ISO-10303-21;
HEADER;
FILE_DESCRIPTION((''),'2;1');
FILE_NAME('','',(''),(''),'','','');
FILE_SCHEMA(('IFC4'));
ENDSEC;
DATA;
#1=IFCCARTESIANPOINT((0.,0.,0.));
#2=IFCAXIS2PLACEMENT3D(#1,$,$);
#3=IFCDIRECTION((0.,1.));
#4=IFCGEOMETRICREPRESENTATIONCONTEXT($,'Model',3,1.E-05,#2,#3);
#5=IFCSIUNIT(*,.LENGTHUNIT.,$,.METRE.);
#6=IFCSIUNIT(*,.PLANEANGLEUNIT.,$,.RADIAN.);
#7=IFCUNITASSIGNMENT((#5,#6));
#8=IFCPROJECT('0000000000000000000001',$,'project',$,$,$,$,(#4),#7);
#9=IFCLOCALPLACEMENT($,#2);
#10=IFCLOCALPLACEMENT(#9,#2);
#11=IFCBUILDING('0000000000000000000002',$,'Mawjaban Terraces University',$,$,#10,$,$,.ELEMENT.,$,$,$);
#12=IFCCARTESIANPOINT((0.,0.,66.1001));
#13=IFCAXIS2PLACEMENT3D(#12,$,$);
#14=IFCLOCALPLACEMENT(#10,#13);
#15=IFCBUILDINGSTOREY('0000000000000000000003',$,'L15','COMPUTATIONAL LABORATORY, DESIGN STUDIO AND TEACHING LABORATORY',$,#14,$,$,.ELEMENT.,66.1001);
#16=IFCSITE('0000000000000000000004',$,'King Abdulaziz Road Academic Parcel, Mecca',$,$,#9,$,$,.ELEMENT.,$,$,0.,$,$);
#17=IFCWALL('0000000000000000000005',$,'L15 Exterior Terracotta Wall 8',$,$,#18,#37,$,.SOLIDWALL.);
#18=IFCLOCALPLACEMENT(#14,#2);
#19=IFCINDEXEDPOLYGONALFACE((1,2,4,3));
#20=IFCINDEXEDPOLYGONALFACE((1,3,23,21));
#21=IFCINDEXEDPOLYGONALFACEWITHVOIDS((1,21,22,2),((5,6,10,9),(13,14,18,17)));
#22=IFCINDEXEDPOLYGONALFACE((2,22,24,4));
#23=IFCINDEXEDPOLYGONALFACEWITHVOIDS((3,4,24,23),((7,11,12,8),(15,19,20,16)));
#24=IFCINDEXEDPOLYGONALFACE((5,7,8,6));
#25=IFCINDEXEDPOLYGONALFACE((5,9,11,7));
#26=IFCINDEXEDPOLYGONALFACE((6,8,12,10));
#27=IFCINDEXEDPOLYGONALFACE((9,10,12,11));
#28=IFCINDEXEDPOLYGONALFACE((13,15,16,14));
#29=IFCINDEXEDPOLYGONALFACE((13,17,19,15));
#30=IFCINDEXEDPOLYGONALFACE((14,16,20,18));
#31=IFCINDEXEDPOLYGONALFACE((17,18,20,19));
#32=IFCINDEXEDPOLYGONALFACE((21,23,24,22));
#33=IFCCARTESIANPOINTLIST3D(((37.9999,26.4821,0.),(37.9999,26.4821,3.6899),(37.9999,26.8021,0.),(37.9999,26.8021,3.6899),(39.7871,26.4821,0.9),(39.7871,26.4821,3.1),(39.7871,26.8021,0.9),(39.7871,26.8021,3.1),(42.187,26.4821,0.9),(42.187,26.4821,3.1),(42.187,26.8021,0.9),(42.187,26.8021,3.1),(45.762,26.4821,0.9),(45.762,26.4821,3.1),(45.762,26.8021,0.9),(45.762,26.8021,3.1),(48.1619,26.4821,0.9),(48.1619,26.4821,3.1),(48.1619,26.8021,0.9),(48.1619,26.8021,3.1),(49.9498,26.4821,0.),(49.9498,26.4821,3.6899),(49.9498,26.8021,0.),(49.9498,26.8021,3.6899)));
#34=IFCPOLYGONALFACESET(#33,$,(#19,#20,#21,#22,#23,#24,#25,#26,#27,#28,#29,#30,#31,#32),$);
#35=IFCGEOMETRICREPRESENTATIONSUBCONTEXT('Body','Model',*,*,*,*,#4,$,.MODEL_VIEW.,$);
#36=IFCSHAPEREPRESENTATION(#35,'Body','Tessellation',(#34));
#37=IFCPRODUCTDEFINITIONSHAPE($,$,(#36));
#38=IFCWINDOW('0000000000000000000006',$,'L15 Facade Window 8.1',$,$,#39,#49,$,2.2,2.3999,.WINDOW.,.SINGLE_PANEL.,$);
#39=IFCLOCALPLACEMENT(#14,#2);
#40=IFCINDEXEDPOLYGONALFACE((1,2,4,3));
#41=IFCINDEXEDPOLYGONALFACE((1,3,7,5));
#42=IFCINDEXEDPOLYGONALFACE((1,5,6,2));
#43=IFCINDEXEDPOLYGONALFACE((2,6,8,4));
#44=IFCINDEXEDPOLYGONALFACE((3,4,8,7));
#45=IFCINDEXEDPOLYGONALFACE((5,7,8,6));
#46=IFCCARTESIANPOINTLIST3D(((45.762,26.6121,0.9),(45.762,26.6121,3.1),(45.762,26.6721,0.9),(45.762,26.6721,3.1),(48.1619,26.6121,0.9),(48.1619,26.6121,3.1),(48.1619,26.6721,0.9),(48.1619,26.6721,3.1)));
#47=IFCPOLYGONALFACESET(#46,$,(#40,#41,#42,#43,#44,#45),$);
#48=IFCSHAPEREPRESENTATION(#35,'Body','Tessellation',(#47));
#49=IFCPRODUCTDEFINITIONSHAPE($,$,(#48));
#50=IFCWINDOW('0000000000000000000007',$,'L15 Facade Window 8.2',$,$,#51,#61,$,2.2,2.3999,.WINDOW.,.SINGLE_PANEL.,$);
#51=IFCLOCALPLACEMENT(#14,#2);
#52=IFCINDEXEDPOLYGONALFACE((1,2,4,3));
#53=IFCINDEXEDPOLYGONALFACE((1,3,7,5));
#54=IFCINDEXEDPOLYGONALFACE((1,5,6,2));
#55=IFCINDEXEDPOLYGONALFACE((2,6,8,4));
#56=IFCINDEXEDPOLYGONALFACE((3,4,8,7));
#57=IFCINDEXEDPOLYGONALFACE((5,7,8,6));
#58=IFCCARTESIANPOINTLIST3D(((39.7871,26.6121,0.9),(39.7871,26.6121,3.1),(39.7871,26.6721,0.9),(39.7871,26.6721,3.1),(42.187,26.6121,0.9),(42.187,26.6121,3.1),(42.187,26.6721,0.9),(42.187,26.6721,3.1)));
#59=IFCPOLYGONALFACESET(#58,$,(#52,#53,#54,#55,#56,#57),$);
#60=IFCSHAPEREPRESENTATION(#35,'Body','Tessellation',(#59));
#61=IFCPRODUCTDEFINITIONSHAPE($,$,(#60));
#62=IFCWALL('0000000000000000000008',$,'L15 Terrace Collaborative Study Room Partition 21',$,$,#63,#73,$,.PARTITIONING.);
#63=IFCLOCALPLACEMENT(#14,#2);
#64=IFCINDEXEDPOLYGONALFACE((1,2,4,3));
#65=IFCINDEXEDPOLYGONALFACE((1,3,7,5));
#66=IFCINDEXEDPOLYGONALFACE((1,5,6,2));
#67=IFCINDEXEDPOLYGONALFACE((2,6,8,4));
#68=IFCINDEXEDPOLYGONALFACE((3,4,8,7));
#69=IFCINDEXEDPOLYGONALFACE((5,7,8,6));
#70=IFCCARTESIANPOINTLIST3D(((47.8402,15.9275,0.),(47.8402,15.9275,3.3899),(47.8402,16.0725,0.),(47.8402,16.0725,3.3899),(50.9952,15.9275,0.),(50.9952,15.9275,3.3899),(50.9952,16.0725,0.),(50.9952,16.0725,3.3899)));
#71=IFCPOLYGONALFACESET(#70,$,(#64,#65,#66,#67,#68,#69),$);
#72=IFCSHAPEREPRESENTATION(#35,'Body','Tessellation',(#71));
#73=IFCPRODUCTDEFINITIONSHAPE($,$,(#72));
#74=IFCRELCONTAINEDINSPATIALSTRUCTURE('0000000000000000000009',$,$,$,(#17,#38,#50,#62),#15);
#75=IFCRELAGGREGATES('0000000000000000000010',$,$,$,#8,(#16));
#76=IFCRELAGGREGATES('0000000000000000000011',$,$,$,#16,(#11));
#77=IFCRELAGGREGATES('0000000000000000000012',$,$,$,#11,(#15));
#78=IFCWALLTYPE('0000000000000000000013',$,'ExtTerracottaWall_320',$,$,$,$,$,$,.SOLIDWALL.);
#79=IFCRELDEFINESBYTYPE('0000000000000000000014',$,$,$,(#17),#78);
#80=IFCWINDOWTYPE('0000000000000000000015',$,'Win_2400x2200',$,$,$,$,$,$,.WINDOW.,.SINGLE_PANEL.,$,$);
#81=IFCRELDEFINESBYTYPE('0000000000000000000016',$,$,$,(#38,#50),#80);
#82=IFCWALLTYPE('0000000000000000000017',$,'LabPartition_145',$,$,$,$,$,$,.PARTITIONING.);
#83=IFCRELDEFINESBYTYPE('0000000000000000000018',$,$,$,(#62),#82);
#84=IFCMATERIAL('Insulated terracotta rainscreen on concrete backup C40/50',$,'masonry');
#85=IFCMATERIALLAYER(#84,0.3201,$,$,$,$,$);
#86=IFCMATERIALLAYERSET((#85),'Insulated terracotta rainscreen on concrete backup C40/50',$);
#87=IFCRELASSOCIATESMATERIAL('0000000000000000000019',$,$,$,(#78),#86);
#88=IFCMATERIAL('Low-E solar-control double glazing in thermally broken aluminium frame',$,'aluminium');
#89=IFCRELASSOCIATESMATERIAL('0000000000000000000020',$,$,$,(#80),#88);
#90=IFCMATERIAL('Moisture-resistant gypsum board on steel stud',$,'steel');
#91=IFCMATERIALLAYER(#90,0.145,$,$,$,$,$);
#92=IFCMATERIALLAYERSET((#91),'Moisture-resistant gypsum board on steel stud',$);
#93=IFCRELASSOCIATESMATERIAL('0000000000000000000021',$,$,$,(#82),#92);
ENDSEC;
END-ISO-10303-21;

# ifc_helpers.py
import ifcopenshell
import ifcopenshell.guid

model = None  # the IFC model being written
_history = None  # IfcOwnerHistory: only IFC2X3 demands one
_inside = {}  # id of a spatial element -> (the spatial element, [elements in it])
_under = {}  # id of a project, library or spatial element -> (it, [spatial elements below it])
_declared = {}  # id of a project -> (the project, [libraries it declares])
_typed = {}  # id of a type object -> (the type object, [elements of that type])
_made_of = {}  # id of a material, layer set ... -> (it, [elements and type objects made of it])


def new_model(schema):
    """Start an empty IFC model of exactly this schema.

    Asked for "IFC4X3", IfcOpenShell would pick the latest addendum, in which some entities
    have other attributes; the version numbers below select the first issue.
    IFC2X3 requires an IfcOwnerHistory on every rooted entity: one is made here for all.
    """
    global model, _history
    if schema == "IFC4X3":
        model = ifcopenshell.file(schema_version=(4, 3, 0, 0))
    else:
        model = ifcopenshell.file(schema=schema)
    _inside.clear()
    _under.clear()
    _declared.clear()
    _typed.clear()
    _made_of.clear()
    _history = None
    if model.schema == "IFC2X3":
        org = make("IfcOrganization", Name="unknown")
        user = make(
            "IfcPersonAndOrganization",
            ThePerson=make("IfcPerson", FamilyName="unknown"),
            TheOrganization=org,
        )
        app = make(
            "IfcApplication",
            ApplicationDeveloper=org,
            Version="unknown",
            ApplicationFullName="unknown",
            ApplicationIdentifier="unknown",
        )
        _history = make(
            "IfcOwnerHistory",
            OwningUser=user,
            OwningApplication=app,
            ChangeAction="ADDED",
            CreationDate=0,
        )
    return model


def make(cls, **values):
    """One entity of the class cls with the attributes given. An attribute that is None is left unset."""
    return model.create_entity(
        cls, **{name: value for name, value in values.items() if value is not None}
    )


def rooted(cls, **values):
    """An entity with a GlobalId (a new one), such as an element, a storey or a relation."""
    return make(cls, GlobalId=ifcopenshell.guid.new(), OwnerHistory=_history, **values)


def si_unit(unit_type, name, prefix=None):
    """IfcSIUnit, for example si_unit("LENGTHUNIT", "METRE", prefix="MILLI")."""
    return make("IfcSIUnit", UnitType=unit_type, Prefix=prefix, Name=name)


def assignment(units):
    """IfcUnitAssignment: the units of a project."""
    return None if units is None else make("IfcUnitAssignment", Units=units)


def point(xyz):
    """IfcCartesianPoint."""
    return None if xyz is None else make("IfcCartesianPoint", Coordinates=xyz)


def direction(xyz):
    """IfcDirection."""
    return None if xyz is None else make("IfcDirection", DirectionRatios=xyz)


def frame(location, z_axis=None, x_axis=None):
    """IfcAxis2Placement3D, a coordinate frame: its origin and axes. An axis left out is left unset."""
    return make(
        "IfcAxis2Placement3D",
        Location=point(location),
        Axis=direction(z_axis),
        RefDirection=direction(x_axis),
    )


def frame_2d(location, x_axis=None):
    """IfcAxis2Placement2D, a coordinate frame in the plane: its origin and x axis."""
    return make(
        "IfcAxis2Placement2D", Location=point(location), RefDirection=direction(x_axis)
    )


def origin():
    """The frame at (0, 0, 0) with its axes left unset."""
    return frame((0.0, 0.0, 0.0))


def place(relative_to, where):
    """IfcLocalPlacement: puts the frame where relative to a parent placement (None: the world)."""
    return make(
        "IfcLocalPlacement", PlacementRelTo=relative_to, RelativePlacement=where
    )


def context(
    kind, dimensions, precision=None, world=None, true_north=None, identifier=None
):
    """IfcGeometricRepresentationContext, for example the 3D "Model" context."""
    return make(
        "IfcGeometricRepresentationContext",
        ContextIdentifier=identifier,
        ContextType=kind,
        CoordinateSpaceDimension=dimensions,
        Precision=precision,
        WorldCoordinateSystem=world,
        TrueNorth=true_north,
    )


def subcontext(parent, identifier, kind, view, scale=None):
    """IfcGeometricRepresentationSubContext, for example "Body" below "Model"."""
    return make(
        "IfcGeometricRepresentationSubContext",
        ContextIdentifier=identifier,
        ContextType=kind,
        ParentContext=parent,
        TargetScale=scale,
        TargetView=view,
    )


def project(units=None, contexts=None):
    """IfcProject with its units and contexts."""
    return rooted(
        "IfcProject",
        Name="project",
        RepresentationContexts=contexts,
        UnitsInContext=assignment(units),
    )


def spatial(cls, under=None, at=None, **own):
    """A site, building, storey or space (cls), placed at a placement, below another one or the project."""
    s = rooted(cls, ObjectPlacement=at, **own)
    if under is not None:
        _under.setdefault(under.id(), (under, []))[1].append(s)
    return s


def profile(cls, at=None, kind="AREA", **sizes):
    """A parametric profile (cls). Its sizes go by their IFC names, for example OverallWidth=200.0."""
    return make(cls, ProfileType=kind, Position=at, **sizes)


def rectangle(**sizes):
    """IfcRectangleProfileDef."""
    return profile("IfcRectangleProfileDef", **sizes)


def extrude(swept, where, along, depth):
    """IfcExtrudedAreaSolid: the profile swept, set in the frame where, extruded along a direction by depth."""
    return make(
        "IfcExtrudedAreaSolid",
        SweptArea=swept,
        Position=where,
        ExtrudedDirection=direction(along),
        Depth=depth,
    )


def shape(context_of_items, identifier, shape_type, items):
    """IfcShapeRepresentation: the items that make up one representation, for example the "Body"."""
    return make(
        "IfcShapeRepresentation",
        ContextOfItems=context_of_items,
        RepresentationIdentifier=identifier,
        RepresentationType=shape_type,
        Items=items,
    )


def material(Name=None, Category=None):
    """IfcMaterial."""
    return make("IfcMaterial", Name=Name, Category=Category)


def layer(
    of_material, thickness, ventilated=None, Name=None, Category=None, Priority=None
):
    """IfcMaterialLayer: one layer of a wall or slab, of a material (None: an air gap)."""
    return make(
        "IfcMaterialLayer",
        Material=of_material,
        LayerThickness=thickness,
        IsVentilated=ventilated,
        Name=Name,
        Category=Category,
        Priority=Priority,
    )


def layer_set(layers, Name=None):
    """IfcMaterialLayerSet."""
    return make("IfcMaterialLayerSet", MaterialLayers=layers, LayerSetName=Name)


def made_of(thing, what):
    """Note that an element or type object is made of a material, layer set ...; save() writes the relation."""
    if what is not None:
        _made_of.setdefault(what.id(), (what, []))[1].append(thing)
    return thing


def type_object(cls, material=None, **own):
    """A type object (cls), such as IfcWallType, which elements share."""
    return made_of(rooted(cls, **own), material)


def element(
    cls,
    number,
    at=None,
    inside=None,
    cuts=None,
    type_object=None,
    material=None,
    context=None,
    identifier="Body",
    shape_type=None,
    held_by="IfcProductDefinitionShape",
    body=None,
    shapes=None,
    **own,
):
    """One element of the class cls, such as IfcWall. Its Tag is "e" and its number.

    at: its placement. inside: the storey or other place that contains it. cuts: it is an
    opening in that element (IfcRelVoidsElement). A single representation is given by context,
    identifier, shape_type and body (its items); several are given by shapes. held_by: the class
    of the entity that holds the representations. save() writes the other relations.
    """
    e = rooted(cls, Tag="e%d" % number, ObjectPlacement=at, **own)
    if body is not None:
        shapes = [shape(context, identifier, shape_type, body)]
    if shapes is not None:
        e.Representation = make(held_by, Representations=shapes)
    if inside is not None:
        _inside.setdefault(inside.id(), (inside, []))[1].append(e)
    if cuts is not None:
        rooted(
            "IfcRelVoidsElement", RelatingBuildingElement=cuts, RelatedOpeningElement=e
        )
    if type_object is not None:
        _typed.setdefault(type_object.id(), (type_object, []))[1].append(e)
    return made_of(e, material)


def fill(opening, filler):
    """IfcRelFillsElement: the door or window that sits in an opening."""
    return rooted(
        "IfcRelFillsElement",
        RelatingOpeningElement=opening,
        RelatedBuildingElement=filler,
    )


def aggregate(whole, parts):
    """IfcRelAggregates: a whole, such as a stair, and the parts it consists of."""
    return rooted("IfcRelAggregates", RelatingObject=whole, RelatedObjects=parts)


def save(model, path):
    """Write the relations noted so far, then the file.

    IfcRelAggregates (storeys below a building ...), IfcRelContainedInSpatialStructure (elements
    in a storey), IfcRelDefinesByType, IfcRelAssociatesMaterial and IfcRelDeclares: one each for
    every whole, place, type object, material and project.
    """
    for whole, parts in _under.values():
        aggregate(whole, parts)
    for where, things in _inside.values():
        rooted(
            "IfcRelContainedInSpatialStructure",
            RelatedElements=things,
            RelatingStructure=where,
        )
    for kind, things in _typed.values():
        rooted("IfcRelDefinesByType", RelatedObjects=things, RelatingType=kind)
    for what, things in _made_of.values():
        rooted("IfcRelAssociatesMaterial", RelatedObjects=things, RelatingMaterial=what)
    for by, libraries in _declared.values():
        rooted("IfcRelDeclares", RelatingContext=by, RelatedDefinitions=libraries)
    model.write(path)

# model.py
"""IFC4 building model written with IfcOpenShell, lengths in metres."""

from ifc_helpers import new_model, si_unit, direction, frame, frame_2d, origin, place, context, subcontext, project, spatial, rectangle, extrude, material, layer, layer_set, type_object, element, fill, save


model = new_model("IFC4")

# Units and contexts
model_context = context("Model", 3, precision=1e-05, world=origin(), true_north=direction((0.0, 1.0)))
body_context = subcontext(model_context, "Body", "Model", "MODEL_VIEW")
ifc_project = project(units=[si_unit("LENGTHUNIT", "METRE"), si_unit("PLANEANGLEUNIT", "RADIAN")], contexts=[model_context])

# Site, building, storey
site_placement = place(None, origin())
site = spatial("IfcSite", under=ifc_project, at=site_placement, Name="King Abdulaziz Road Academic Parcel, Mecca", CompositionType="ELEMENT", RefElevation=0.0)
building_placement = place(site_placement, origin())
building = spatial("IfcBuilding", under=site, at=building_placement, Name="Mawjaban Terraces University", CompositionType="ELEMENT")
storey_placement = place(building_placement, frame((0.0, 0.0, 66.1001)))
storey = spatial("IfcBuildingStorey", under=building, at=storey_placement, Name="L15", Description="COMPUTATIONAL LABORATORY, DESIGN STUDIO AND TEACHING LABORATORY", CompositionType="ELEMENT", Elevation=66.1001)

# Shared definitions
ifc_material_1 = material(Name="Insulated terracotta rainscreen on concrete backup C40/50", Category="masonry")
ifc_layer_1 = layer(ifc_material_1, 0.3201)
ifc_layer_set_1 = layer_set([ifc_layer_1], Name="Insulated terracotta rainscreen on concrete backup C40/50")
wall_type_1 = type_object("IfcWallType", Name="ExtTerracottaWall_320", PredefinedType="SOLIDWALL", material=ifc_layer_set_1)
ifc_material_2 = material(Name="Low-E solar-control double glazing in thermally broken aluminium frame", Category="aluminium")

# Wall, openings, windows
wall_1_placement = place(storey_placement, frame((49.95, 26.6421, 0.0), z_axis=(0.0, 0.0, 1.0), x_axis=(-1.0, 0.0, 0.0)))
wall_1 = element("IfcWall", 1, at=wall_1_placement, inside=storey, type_object=wall_type_1, Name="L15 Exterior Terracotta Wall 8", PredefinedType="SOLIDWALL", context=body_context, shape_type="SweptSolid", body=[
    extrude(rectangle(XDim=11.95, YDim=0.3201, at=frame_2d((5.9751, 0.0))), origin(), (0.0, 0.0, 1.0), 3.6899),
])
opening_1_placement = place(wall_1_placement, frame((1.7881, 0.0, 0.8999)))
opening_1 = element("IfcOpeningElement", 2, at=opening_1_placement, cuts=wall_1, PredefinedType="OPENING", context=body_context, shape_type="SweptSolid", body=[
    extrude(rectangle(XDim=2.3999, YDim=2.2, at=frame_2d((1.2, 1.1001))), frame((0.0, 0.1699, 0.0), z_axis=(0.0, -1.0, 0.0), x_axis=(1.0, 0.0, 0.0)), (0.0, 0.0, 1.0), 0.3401),
])
opening_2_placement = place(wall_1_placement, frame((7.7629, 0.0, 0.8999)))
opening_2 = element("IfcOpeningElement", 3, at=opening_2_placement, cuts=wall_1, PredefinedType="OPENING", context=body_context, shape_type="SweptSolid", body=[
    extrude(rectangle(XDim=2.3999, YDim=2.2, at=frame_2d((1.2, 1.1001))), frame((0.0, 0.1699, 0.0), z_axis=(0.0, -1.0, 0.0), x_axis=(1.0, 0.0, 0.0)), (0.0, 0.0, 1.0), 0.3401),
])
window_type_1 = type_object("IfcWindowType", Name="Win_2400x2200", PartitioningType="SINGLE_PANEL", PredefinedType="WINDOW", material=ifc_material_2)
window_1_placement = place(opening_1_placement, origin())
window_1 = element("IfcWindow", 4, at=window_1_placement, inside=storey, type_object=window_type_1, Name="L15 Facade Window 8.1", OverallHeight=2.2, OverallWidth=2.3999, PartitioningType="SINGLE_PANEL", PredefinedType="WINDOW", context=body_context, shape_type="SweptSolid", body=[
    extrude(rectangle(XDim=2.3999, YDim=2.2, at=frame_2d((1.2, 1.1001))), frame((0.0, 0.03, 0.0), z_axis=(0.0, -1.0, 0.0), x_axis=(1.0, 0.0, 0.0)), (0.0, 0.0, 1.0), 0.0601),
])
fill(opening_1, window_1)
window_2_placement = place(opening_2_placement, origin())
window_2 = element("IfcWindow", 5, at=window_2_placement, inside=storey, type_object=window_type_1, Name="L15 Facade Window 8.2", OverallHeight=2.2, OverallWidth=2.3999, PartitioningType="SINGLE_PANEL", PredefinedType="WINDOW", context=body_context, shape_type="SweptSolid", body=[
    extrude(rectangle(XDim=2.3999, YDim=2.2, at=frame_2d((1.2, 1.1001))), frame((0.0, 0.03, 0.0), z_axis=(0.0, -1.0, 0.0), x_axis=(1.0, 0.0, 0.0)), (0.0, 0.0, 1.0), 0.0601),
])
fill(opening_2, window_2)

# Wall
ifc_material_3 = material(Name="Moisture-resistant gypsum board on steel stud", Category="steel")
ifc_layer_2 = layer(ifc_material_3, 0.145)
ifc_layer_set_2 = layer_set([ifc_layer_2], Name="Moisture-resistant gypsum board on steel stud")
wall_type_2 = type_object("IfcWallType", Name="LabPartition_145", PredefinedType="PARTITIONING", material=ifc_layer_set_2)
wall_2_placement = place(storey_placement, frame((47.8401, 16.0, 0.0), z_axis=(0.0, 0.0, 1.0), x_axis=(1.0, 0.0, 0.0)))
element("IfcWall", 6, at=wall_2_placement, inside=storey, type_object=wall_type_2, Name="L15 Terrace Collaborative Study Room Partition 21", PredefinedType="PARTITIONING", context=body_context, shape_type="SweptSolid", body=[
    extrude(rectangle(XDim=3.155, YDim=0.145, at=frame_2d((1.5776, 0.0))), origin(), (0.0, 0.0, 1.0), 3.3899),
])

save(model, "model.ifc")
